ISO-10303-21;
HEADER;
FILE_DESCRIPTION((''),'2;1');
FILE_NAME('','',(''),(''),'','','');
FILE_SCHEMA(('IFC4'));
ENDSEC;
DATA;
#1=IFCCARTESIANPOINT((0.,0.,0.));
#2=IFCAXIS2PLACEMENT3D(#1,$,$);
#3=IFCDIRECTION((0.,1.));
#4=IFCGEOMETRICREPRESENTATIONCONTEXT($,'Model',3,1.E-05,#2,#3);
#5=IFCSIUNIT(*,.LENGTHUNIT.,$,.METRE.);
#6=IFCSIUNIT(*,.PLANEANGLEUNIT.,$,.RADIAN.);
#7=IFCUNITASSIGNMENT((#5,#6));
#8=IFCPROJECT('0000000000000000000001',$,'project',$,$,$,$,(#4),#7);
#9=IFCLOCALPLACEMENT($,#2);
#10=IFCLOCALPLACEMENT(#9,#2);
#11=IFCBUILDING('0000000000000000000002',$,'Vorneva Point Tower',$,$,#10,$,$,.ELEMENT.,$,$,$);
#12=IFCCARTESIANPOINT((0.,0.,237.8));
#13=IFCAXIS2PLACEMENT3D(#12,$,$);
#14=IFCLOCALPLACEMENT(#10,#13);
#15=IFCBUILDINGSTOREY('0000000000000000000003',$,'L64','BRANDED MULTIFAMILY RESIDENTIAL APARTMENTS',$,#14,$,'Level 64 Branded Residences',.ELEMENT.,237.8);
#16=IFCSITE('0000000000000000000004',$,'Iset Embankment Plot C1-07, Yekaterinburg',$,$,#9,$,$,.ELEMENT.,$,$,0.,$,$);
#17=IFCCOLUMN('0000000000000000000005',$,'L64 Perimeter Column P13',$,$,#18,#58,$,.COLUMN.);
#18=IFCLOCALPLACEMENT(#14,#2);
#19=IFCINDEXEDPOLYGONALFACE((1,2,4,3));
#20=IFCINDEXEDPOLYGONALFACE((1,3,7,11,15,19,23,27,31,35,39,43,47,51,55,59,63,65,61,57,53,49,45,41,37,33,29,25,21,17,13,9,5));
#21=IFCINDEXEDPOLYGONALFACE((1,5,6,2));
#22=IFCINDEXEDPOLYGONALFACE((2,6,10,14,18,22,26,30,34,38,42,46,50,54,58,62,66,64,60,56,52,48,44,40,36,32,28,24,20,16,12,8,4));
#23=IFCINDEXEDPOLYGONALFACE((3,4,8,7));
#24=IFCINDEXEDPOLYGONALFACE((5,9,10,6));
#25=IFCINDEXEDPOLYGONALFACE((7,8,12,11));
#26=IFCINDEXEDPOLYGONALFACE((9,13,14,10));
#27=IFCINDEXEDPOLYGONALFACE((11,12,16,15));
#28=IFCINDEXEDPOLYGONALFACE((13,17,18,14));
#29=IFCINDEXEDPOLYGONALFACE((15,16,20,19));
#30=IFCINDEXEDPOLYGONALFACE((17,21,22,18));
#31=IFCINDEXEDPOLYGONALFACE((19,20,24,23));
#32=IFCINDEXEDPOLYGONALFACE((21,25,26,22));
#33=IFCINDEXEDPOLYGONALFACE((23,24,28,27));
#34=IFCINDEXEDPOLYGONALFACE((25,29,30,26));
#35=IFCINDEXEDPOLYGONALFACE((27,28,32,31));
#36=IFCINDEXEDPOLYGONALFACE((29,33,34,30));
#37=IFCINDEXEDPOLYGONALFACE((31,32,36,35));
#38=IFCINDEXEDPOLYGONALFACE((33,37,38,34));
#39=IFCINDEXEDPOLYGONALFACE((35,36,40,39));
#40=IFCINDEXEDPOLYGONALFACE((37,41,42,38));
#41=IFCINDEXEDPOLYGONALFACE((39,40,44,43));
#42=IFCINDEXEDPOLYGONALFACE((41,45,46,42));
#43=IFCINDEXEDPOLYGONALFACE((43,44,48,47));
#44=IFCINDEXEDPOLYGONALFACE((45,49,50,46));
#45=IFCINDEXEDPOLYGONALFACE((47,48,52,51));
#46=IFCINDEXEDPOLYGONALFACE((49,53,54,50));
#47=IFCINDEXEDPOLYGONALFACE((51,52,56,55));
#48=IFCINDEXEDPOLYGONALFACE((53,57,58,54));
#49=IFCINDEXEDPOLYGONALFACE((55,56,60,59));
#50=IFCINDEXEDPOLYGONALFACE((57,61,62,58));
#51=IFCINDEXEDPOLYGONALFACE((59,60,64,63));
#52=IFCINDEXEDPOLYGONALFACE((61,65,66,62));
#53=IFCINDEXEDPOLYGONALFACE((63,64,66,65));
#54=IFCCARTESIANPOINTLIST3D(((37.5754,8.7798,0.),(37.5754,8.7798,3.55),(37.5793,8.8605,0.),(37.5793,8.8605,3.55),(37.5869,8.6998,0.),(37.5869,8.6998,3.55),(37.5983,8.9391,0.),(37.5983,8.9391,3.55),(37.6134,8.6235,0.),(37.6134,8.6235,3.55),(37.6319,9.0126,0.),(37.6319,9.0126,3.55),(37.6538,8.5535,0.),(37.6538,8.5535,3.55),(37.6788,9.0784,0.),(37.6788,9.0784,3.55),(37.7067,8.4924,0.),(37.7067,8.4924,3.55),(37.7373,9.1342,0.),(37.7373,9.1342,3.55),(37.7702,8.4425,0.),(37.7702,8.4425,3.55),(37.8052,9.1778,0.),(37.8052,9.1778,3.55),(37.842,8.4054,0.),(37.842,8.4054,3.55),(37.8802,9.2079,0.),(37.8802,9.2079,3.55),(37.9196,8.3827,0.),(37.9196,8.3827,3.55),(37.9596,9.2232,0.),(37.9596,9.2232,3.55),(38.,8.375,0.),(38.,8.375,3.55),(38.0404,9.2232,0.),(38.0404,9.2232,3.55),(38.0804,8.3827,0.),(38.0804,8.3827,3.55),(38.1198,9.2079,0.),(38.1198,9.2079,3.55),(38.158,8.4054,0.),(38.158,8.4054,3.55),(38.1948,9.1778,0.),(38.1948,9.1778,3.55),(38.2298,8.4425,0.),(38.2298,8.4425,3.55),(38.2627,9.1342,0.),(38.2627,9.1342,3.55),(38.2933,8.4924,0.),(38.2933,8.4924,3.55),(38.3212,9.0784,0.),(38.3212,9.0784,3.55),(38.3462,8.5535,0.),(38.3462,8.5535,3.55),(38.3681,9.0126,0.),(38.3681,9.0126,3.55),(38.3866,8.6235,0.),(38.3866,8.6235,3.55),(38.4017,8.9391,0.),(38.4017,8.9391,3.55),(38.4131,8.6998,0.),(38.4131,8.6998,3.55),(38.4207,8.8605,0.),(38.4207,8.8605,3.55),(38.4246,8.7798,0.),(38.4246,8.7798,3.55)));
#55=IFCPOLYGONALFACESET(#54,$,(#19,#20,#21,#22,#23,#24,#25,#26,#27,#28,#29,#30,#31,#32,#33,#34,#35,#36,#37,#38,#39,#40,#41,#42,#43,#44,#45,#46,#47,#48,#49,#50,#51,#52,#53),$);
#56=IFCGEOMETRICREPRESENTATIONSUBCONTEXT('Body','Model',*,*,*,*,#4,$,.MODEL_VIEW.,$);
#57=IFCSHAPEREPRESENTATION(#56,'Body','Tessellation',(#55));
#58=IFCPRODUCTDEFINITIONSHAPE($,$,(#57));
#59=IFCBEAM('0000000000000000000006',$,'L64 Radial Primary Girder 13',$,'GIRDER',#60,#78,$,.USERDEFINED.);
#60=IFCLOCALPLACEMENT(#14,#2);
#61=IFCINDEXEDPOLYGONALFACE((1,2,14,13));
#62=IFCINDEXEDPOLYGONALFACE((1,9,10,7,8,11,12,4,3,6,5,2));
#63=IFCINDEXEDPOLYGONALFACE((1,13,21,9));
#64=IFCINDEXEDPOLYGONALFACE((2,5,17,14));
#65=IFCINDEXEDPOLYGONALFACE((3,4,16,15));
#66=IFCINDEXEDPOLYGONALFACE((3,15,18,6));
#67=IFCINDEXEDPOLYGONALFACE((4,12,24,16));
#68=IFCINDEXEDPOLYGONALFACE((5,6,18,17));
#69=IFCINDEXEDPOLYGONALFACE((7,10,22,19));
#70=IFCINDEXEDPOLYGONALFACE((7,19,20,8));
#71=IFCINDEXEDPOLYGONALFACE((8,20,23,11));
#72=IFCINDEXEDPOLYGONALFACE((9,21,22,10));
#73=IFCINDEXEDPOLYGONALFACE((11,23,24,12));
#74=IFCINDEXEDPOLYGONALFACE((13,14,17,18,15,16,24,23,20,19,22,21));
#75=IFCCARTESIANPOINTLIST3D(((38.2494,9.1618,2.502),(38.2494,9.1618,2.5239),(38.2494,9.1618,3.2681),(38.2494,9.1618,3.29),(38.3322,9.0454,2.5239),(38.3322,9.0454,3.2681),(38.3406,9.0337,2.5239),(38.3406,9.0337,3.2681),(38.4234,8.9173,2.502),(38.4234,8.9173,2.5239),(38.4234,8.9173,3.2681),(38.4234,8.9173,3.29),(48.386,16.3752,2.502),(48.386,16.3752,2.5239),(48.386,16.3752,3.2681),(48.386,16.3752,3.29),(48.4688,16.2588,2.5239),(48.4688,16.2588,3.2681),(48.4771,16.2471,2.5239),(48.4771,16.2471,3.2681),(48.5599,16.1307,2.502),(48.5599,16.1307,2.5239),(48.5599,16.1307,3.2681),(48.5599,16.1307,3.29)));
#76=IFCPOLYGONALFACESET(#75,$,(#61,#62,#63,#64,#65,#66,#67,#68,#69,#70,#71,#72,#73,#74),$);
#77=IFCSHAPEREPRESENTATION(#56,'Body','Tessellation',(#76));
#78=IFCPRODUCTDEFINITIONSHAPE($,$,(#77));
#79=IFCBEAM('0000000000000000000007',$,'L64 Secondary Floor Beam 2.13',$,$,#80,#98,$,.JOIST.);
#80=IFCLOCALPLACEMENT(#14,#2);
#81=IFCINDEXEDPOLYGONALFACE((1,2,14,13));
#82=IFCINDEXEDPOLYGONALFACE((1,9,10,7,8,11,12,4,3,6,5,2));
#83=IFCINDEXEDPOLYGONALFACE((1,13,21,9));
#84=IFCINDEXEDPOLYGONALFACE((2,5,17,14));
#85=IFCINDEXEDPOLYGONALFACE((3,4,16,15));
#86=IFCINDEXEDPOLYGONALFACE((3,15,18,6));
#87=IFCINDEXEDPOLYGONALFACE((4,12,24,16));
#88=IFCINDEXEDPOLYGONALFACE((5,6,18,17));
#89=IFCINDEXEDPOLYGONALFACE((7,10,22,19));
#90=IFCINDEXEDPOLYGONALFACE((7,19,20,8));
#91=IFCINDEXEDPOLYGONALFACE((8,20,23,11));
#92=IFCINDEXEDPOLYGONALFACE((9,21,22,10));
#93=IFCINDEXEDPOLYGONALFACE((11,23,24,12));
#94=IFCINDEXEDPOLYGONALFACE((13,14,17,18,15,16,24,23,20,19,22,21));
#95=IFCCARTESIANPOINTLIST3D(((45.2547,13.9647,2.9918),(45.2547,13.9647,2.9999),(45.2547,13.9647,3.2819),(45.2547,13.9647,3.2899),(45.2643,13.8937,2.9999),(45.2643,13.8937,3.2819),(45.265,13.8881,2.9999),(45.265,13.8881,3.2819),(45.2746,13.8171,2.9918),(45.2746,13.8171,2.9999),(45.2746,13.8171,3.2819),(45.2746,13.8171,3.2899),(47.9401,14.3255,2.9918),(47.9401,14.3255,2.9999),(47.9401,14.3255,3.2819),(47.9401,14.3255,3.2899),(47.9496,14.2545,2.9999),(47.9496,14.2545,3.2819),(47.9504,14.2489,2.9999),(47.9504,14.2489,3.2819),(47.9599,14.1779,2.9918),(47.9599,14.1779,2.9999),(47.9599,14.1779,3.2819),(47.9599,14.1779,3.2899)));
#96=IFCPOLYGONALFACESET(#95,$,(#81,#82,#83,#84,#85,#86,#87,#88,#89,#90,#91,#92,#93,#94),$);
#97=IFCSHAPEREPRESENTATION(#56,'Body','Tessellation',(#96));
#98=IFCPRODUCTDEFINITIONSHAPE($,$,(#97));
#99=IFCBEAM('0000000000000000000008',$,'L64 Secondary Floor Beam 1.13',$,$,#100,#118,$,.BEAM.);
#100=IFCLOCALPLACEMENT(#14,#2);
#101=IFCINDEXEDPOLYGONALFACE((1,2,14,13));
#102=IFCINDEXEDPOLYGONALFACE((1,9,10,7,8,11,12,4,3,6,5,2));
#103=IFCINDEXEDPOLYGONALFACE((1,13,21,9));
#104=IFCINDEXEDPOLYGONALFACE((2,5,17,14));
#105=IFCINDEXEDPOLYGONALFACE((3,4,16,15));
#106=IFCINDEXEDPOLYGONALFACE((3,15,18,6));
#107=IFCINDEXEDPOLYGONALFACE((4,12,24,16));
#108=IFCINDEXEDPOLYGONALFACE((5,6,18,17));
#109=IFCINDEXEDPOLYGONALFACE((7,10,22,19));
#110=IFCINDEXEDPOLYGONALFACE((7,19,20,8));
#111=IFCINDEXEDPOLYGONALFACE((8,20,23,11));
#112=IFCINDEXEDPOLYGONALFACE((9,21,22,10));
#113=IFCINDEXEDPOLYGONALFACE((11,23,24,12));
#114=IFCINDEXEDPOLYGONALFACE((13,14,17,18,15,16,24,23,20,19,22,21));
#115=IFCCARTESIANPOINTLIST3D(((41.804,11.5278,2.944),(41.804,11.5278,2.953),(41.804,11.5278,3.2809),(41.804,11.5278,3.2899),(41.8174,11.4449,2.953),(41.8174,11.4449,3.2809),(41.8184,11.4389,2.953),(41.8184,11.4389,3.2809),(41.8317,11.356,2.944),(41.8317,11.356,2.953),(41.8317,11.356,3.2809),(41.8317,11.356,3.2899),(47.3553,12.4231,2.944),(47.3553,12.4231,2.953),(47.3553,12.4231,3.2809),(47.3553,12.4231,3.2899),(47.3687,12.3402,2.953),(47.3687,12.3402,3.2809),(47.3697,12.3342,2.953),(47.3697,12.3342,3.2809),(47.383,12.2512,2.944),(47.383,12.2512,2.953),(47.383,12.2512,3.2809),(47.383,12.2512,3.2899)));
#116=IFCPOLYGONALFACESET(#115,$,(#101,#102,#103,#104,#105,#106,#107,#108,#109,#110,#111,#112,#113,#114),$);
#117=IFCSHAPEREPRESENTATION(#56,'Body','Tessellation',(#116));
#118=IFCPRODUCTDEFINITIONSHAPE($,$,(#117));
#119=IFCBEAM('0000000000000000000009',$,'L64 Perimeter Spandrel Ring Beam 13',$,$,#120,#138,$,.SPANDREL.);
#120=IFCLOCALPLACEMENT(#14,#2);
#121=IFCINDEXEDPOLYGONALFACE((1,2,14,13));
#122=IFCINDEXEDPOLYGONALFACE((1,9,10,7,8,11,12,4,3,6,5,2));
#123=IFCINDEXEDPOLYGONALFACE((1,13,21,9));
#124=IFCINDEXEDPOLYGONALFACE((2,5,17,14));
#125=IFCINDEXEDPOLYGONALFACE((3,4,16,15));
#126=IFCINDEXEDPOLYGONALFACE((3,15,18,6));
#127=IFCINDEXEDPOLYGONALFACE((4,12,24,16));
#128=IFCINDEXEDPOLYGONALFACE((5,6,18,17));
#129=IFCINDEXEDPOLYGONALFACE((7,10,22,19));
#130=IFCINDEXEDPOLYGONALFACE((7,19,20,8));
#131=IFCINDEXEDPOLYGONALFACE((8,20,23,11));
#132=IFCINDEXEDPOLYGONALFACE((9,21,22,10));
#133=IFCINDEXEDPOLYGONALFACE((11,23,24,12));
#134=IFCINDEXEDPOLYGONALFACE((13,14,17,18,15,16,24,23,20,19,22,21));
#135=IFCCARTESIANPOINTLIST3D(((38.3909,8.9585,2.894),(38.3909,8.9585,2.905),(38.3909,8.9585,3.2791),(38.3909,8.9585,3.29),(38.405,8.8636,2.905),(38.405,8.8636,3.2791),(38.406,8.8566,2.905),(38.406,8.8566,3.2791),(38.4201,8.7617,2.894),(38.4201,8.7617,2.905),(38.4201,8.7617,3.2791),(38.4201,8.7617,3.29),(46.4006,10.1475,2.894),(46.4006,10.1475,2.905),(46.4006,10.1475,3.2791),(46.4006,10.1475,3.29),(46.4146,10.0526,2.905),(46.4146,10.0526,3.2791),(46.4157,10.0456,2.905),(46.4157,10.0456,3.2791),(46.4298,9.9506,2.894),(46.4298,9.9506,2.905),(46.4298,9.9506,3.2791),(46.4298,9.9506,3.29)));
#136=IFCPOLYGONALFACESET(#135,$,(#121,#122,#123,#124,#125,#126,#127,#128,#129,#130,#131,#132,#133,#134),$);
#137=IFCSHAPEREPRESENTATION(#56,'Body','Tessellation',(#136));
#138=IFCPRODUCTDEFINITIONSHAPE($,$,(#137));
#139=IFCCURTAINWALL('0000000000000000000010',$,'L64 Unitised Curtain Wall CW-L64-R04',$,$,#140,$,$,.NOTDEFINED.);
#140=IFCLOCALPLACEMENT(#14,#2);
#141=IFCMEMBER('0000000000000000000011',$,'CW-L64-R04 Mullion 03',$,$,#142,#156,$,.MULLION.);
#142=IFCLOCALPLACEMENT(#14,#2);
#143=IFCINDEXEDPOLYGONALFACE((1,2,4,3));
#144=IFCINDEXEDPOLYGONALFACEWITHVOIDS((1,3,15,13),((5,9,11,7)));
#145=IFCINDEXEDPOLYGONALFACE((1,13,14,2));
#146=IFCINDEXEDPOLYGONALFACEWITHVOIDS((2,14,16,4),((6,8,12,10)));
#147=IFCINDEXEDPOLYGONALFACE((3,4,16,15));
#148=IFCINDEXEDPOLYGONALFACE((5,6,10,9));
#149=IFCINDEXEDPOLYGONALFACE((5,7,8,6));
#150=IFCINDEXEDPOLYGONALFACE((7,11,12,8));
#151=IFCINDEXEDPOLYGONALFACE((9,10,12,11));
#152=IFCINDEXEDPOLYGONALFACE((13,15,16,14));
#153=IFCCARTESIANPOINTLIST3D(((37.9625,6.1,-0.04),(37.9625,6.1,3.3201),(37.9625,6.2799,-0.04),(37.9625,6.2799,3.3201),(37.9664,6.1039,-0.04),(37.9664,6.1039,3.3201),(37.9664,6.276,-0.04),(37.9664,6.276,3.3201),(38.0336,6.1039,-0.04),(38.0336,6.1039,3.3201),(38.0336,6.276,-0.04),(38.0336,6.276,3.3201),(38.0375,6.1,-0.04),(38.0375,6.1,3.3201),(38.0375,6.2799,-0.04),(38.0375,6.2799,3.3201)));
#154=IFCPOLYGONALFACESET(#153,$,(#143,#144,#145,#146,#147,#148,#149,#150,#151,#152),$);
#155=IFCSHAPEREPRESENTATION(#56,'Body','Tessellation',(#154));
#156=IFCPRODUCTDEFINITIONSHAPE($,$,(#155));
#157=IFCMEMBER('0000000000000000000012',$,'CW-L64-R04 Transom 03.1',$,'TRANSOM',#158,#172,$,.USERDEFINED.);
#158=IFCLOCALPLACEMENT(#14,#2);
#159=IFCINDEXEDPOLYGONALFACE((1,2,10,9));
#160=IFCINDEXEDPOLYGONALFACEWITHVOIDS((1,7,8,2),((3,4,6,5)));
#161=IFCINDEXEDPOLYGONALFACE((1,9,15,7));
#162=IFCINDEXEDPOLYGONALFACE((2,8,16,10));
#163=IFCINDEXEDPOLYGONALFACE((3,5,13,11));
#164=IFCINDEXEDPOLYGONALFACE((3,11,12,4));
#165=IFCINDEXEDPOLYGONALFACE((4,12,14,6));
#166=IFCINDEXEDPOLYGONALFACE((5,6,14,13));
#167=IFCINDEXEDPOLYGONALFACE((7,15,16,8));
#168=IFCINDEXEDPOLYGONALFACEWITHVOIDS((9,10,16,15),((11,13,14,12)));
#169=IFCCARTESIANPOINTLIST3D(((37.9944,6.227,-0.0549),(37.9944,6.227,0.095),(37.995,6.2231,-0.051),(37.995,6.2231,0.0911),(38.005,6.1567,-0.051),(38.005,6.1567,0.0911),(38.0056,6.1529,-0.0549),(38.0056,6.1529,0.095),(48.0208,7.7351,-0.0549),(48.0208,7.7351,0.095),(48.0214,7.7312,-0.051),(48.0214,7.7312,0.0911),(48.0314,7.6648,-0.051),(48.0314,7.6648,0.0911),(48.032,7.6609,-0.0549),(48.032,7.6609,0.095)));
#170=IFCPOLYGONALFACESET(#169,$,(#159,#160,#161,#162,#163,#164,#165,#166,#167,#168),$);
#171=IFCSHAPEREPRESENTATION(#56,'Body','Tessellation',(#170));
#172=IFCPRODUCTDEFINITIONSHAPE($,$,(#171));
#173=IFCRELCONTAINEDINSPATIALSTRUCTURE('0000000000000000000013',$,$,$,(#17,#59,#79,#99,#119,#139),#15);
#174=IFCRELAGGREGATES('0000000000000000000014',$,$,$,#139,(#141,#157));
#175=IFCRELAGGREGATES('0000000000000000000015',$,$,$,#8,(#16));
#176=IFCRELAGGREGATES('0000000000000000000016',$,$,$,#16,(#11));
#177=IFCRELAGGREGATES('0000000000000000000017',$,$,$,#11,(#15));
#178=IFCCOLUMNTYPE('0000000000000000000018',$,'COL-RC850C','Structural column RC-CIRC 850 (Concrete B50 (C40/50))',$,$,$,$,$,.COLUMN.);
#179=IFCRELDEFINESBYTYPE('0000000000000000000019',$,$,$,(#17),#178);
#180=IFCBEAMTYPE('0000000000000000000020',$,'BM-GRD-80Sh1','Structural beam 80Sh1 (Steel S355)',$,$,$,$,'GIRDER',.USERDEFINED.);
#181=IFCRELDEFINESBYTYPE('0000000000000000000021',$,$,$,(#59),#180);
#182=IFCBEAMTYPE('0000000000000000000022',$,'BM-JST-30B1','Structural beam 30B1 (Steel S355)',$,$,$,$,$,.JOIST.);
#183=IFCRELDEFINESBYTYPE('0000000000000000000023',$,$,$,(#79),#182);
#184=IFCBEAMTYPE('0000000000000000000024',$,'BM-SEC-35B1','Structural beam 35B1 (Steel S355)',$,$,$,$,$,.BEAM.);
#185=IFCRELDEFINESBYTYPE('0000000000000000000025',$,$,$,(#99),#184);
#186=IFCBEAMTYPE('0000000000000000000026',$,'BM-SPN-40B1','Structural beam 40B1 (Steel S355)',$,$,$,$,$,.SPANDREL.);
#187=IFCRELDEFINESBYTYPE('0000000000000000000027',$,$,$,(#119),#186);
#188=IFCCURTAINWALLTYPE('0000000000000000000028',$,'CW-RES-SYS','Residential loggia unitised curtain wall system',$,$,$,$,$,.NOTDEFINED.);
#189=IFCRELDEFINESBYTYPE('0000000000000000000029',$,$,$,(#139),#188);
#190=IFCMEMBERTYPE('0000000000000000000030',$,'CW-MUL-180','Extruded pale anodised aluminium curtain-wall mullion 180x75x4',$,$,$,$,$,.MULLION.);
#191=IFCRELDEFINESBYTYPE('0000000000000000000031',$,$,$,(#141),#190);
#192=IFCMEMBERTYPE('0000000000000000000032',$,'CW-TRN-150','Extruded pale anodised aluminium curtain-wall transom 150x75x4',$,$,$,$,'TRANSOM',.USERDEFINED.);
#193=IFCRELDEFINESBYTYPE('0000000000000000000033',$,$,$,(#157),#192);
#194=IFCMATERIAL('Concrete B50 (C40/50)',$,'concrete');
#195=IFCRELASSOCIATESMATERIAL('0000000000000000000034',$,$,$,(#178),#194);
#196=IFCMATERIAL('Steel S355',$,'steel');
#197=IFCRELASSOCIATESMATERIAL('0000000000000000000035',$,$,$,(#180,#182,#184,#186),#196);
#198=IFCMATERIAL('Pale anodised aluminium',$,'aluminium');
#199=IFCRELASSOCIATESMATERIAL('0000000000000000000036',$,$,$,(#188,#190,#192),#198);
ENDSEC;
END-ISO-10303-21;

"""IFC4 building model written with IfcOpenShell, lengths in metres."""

from ifc_helpers import new_model, si_unit, direction, frame, origin, origin_2d, place, context, subcontext, project, spatial, hollow_rectangle, circle, i_section, extrude, material, material_profile, profile_set, type_object, element, aggregate, save


model = new_model("IFC4")

# Units and contexts
model_context = context("Model", 3, precision=1e-05, world=origin(), true_north=direction((0.0, 1.0)))
body_context = subcontext(model_context, "Body", "Model", "MODEL_VIEW")
ifc_project = project(units=[si_unit("LENGTHUNIT", "METRE"), si_unit("PLANEANGLEUNIT", "RADIAN")], contexts=[model_context])

# Site, building, storey
site_placement = place(None, origin())
site = spatial("IfcSite", under=ifc_project, at=site_placement, Name="Iset Embankment Plot C1-07, Yekaterinburg", CompositionType="ELEMENT", RefElevation=0.0)
building_placement = place(site_placement, origin())
building = spatial("IfcBuilding", under=site, at=building_placement, Name="Vorneva Point Tower", CompositionType="ELEMENT")
storey_placement = place(building_placement, frame((0.0, 0.0, 237.8)))
storey = spatial("IfcBuildingStorey", under=building, at=storey_placement, Name="L64", Description="BRANDED MULTIFAMILY RESIDENTIAL APARTMENTS", LongName="Level 64 Branded Residences", CompositionType="ELEMENT", Elevation=237.8)

# Column
ifc_material_1 = material(Name="Concrete B50 (C40/50)", Category="concrete")
ifc_material_profile_1 = material_profile(ifc_material_1, circle(Radius=0.425, at=origin_2d()), Name="RC-CIRC 850")
ifc_profile_set_1 = profile_set([ifc_material_profile_1], Name="Concrete B50 (C40/50)")
column_type = type_object("IfcColumnType", Name="COL-RC850C", Description="Structural column RC-CIRC 850 (Concrete B50 (C40/50))", PredefinedType="COLUMN", material=ifc_profile_set_1)
column_placement = place(storey_placement, frame((38.0, 8.8, 0.0), z_axis=(0.0, 0.0, 1.0), x_axis=(0.0, -1.0, 0.0)))
element("IfcColumn", 1, at=column_placement, inside=storey, type_object=column_type, Name="L64 Perimeter Column P13", PredefinedType="COLUMN", context=body_context, shape_type="SweptSolid", body=[
    extrude(circle(Radius=0.425, at=origin_2d()), origin(), (0.0, 0.0, 1.0), 3.55),
])

# Beams
ifc_material_2 = material(Name="Steel S355", Category="steel")
ifc_material_profile_2 = material_profile(ifc_material_2, i_section(OverallWidth=0.3, OverallDepth=0.7881, WebThickness=0.0144, FlangeThickness=0.022, at=origin_2d()), Name="80Sh1")
ifc_profile_set_2 = profile_set([ifc_material_profile_2], Name="Steel S355")
beam_type_1 = type_object("IfcBeamType", Name="BM-GRD-80Sh1", Description="Structural beam 80Sh1 (Steel S355)", ElementType="GIRDER", PredefinedType="USERDEFINED", material=ifc_profile_set_2)
beam_1_placement = place(storey_placement, frame((38.3364, 9.0396, 2.896), z_axis=(0.814757, 0.579802, 0.0), x_axis=(-0.579802, 0.814757, 0.0)))
element("IfcBeam", 2, at=beam_1_placement, inside=storey, type_object=beam_type_1, Name="L64 Radial Primary Girder 13", ObjectType="GIRDER", PredefinedType="USERDEFINED", context=body_context, shape_type="SweptSolid", body=[
    extrude(i_section(OverallWidth=0.3, OverallDepth=0.7881, WebThickness=0.0144, FlangeThickness=0.022, at=origin_2d()), origin(), (0.0, 0.0, 1.0), 12.4412),
])
ifc_material_profile_3 = material_profile(ifc_material_2, i_section(OverallWidth=0.1489, OverallDepth=0.2981, WebThickness=0.0056, FlangeThickness=0.0081, at=origin_2d()), Name="30B1")
ifc_profile_set_3 = profile_set([ifc_material_profile_3], Name="Steel S355")
beam_type_2 = type_object("IfcBeamType", Name="BM-JST-30B1", Description="Structural beam 30B1 (Steel S355)", PredefinedType="JOIST", material=ifc_profile_set_3)
beam_2_placement = place(storey_placement, frame((45.2646, 13.8909, 3.1409), z_axis=(0.991092, 0.133179, 0.0), x_axis=(-0.133179, 0.991092, 0.0)))
element("IfcBeam", 3, at=beam_2_placement, inside=storey, type_object=beam_type_2, Name="L64 Secondary Floor Beam 2.13", PredefinedType="JOIST", context=body_context, shape_type="SweptSolid", body=[
    extrude(i_section(OverallWidth=0.1489, OverallDepth=0.2981, WebThickness=0.0056, FlangeThickness=0.0081, at=origin_2d()), origin(), (0.0, 0.0, 1.0), 2.7095),
])
ifc_material_profile_4 = material_profile(ifc_material_2, i_section(OverallWidth=0.1741, OverallDepth=0.3459, WebThickness=0.0061, FlangeThickness=0.009, at=origin_2d()), Name="35B1")
ifc_profile_set_4 = profile_set([ifc_material_profile_4], Name="Steel S355")
beam_type_3 = type_object("IfcBeamType", Name="BM-SEC-35B1", Description="Structural beam 35B1 (Steel S355)", PredefinedType="BEAM", material=ifc_profile_set_4)
beam_3_placement = place(storey_placement, frame((41.8179, 11.4419, 3.1169), z_axis=(0.987244, 0.159215, 0.0), x_axis=(-0.159215, 0.987244, 0.0)))
element("IfcBeam", 4, at=beam_3_placement, inside=storey, type_object=beam_type_3, Name="L64 Secondary Floor Beam 1.13", PredefinedType="BEAM", context=body_context, shape_type="SweptSolid", body=[
    extrude(i_section(OverallWidth=0.1741, OverallDepth=0.3459, WebThickness=0.0061, FlangeThickness=0.009, at=origin_2d()), origin(), (0.0, 0.0, 1.0), 5.623),
])
ifc_material_profile_5 = material_profile(ifc_material_2, i_section(OverallWidth=0.199, OverallDepth=0.396, WebThickness=0.0071, FlangeThickness=0.011, at=origin_2d()), Name="40B1")
ifc_profile_set_5 = profile_set([ifc_material_profile_5], Name="Steel S355")
beam_type_4 = type_object("IfcBeamType", Name="BM-SPN-40B1", Description="Structural beam 40B1 (Steel S355)", PredefinedType="SPANDREL", material=ifc_profile_set_5)
beam_4_placement = place(storey_placement, frame((38.4055, 8.8601, 3.092), z_axis=(0.989162, 0.146831, 0.0), x_axis=(-0.146831, 0.989162, 0.0)))
element("IfcBeam", 5, at=beam_4_placement, inside=storey, type_object=beam_type_4, Name="L64 Perimeter Spandrel Ring Beam 13", PredefinedType="SPANDREL", context=body_context, shape_type="SweptSolid", body=[
    extrude(i_section(OverallWidth=0.199, OverallDepth=0.396, WebThickness=0.0071, FlangeThickness=0.011, at=origin_2d()), origin(), (0.0, 0.0, 1.0), 8.0974),
])

# Curtain wall, members
ifc_material_3 = material(Name="Pale anodised aluminium", Category="aluminium")
curtain_wall_type = type_object("IfcCurtainWallType", Name="CW-RES-SYS", Description="Residential loggia unitised curtain wall system", PredefinedType="NOTDEFINED", material=ifc_material_3)
curtain_wall_placement = place(storey_placement, origin())
curtain_wall = element("IfcCurtainWall", 6, at=curtain_wall_placement, inside=storey, type_object=curtain_wall_type, Name="L64 Unitised Curtain Wall CW-L64-R04", PredefinedType="NOTDEFINED")
ifc_material_profile_6 = material_profile(ifc_material_3, hollow_rectangle(XDim=0.075, YDim=0.1799, WallThickness=0.0039, at=origin_2d()), Name="AL-MUL 180x75x4")
ifc_profile_set_6 = profile_set([ifc_material_profile_6], Name="Pale anodised aluminium")
member_type_1 = type_object("IfcMemberType", Name="CW-MUL-180", Description="Extruded pale anodised aluminium curtain-wall mullion 180x75x4", PredefinedType="MULLION", material=ifc_profile_set_6)
member_1_placement = place(storey_placement, frame((38.0, 6.1899, -0.04), z_axis=(0.0, 0.0, 1.0), x_axis=(1.0, 0.0, 0.0)))
member_1 = element("IfcMember", 7, at=member_1_placement, type_object=member_type_1, Name="CW-L64-R04 Mullion 03", PredefinedType="MULLION", context=body_context, shape_type="SweptSolid", body=[
    extrude(hollow_rectangle(XDim=0.075, YDim=0.1799, WallThickness=0.0039, at=origin_2d()), origin(), (0.0, 0.0, 1.0), 3.3601),
])
ifc_material_profile_7 = material_profile(ifc_material_3, hollow_rectangle(XDim=0.075, YDim=0.1499, WallThickness=0.0039, at=origin_2d()), Name="AL-TRN 150x75x4")
ifc_profile_set_7 = profile_set([ifc_material_profile_7], Name="Pale anodised aluminium")
member_type_2 = type_object("IfcMemberType", Name="CW-TRN-150", Description="Extruded pale anodised aluminium curtain-wall transom 150x75x4", ElementType="TRANSOM", PredefinedType="USERDEFINED", material=ifc_profile_set_7)
member_2_placement = place(storey_placement, frame((38.0, 6.1899, 0.02), z_axis=(0.988877, 0.148736, 0.0), x_axis=(-0.148736, 0.988877, 0.0)))
member_2 = element("IfcMember", 8, at=member_2_placement, type_object=member_type_2, Name="CW-L64-R04 Transom 03.1", ObjectType="TRANSOM", PredefinedType="USERDEFINED", context=body_context, shape_type="SweptSolid", body=[
    extrude(hollow_rectangle(XDim=0.075, YDim=0.1499, WallThickness=0.0039, at=origin_2d()), origin(), (0.0, 0.0, 1.0), 10.1392),
])
aggregate(curtain_wall, [member_1, member_2])

save(model, "model.ifc")
